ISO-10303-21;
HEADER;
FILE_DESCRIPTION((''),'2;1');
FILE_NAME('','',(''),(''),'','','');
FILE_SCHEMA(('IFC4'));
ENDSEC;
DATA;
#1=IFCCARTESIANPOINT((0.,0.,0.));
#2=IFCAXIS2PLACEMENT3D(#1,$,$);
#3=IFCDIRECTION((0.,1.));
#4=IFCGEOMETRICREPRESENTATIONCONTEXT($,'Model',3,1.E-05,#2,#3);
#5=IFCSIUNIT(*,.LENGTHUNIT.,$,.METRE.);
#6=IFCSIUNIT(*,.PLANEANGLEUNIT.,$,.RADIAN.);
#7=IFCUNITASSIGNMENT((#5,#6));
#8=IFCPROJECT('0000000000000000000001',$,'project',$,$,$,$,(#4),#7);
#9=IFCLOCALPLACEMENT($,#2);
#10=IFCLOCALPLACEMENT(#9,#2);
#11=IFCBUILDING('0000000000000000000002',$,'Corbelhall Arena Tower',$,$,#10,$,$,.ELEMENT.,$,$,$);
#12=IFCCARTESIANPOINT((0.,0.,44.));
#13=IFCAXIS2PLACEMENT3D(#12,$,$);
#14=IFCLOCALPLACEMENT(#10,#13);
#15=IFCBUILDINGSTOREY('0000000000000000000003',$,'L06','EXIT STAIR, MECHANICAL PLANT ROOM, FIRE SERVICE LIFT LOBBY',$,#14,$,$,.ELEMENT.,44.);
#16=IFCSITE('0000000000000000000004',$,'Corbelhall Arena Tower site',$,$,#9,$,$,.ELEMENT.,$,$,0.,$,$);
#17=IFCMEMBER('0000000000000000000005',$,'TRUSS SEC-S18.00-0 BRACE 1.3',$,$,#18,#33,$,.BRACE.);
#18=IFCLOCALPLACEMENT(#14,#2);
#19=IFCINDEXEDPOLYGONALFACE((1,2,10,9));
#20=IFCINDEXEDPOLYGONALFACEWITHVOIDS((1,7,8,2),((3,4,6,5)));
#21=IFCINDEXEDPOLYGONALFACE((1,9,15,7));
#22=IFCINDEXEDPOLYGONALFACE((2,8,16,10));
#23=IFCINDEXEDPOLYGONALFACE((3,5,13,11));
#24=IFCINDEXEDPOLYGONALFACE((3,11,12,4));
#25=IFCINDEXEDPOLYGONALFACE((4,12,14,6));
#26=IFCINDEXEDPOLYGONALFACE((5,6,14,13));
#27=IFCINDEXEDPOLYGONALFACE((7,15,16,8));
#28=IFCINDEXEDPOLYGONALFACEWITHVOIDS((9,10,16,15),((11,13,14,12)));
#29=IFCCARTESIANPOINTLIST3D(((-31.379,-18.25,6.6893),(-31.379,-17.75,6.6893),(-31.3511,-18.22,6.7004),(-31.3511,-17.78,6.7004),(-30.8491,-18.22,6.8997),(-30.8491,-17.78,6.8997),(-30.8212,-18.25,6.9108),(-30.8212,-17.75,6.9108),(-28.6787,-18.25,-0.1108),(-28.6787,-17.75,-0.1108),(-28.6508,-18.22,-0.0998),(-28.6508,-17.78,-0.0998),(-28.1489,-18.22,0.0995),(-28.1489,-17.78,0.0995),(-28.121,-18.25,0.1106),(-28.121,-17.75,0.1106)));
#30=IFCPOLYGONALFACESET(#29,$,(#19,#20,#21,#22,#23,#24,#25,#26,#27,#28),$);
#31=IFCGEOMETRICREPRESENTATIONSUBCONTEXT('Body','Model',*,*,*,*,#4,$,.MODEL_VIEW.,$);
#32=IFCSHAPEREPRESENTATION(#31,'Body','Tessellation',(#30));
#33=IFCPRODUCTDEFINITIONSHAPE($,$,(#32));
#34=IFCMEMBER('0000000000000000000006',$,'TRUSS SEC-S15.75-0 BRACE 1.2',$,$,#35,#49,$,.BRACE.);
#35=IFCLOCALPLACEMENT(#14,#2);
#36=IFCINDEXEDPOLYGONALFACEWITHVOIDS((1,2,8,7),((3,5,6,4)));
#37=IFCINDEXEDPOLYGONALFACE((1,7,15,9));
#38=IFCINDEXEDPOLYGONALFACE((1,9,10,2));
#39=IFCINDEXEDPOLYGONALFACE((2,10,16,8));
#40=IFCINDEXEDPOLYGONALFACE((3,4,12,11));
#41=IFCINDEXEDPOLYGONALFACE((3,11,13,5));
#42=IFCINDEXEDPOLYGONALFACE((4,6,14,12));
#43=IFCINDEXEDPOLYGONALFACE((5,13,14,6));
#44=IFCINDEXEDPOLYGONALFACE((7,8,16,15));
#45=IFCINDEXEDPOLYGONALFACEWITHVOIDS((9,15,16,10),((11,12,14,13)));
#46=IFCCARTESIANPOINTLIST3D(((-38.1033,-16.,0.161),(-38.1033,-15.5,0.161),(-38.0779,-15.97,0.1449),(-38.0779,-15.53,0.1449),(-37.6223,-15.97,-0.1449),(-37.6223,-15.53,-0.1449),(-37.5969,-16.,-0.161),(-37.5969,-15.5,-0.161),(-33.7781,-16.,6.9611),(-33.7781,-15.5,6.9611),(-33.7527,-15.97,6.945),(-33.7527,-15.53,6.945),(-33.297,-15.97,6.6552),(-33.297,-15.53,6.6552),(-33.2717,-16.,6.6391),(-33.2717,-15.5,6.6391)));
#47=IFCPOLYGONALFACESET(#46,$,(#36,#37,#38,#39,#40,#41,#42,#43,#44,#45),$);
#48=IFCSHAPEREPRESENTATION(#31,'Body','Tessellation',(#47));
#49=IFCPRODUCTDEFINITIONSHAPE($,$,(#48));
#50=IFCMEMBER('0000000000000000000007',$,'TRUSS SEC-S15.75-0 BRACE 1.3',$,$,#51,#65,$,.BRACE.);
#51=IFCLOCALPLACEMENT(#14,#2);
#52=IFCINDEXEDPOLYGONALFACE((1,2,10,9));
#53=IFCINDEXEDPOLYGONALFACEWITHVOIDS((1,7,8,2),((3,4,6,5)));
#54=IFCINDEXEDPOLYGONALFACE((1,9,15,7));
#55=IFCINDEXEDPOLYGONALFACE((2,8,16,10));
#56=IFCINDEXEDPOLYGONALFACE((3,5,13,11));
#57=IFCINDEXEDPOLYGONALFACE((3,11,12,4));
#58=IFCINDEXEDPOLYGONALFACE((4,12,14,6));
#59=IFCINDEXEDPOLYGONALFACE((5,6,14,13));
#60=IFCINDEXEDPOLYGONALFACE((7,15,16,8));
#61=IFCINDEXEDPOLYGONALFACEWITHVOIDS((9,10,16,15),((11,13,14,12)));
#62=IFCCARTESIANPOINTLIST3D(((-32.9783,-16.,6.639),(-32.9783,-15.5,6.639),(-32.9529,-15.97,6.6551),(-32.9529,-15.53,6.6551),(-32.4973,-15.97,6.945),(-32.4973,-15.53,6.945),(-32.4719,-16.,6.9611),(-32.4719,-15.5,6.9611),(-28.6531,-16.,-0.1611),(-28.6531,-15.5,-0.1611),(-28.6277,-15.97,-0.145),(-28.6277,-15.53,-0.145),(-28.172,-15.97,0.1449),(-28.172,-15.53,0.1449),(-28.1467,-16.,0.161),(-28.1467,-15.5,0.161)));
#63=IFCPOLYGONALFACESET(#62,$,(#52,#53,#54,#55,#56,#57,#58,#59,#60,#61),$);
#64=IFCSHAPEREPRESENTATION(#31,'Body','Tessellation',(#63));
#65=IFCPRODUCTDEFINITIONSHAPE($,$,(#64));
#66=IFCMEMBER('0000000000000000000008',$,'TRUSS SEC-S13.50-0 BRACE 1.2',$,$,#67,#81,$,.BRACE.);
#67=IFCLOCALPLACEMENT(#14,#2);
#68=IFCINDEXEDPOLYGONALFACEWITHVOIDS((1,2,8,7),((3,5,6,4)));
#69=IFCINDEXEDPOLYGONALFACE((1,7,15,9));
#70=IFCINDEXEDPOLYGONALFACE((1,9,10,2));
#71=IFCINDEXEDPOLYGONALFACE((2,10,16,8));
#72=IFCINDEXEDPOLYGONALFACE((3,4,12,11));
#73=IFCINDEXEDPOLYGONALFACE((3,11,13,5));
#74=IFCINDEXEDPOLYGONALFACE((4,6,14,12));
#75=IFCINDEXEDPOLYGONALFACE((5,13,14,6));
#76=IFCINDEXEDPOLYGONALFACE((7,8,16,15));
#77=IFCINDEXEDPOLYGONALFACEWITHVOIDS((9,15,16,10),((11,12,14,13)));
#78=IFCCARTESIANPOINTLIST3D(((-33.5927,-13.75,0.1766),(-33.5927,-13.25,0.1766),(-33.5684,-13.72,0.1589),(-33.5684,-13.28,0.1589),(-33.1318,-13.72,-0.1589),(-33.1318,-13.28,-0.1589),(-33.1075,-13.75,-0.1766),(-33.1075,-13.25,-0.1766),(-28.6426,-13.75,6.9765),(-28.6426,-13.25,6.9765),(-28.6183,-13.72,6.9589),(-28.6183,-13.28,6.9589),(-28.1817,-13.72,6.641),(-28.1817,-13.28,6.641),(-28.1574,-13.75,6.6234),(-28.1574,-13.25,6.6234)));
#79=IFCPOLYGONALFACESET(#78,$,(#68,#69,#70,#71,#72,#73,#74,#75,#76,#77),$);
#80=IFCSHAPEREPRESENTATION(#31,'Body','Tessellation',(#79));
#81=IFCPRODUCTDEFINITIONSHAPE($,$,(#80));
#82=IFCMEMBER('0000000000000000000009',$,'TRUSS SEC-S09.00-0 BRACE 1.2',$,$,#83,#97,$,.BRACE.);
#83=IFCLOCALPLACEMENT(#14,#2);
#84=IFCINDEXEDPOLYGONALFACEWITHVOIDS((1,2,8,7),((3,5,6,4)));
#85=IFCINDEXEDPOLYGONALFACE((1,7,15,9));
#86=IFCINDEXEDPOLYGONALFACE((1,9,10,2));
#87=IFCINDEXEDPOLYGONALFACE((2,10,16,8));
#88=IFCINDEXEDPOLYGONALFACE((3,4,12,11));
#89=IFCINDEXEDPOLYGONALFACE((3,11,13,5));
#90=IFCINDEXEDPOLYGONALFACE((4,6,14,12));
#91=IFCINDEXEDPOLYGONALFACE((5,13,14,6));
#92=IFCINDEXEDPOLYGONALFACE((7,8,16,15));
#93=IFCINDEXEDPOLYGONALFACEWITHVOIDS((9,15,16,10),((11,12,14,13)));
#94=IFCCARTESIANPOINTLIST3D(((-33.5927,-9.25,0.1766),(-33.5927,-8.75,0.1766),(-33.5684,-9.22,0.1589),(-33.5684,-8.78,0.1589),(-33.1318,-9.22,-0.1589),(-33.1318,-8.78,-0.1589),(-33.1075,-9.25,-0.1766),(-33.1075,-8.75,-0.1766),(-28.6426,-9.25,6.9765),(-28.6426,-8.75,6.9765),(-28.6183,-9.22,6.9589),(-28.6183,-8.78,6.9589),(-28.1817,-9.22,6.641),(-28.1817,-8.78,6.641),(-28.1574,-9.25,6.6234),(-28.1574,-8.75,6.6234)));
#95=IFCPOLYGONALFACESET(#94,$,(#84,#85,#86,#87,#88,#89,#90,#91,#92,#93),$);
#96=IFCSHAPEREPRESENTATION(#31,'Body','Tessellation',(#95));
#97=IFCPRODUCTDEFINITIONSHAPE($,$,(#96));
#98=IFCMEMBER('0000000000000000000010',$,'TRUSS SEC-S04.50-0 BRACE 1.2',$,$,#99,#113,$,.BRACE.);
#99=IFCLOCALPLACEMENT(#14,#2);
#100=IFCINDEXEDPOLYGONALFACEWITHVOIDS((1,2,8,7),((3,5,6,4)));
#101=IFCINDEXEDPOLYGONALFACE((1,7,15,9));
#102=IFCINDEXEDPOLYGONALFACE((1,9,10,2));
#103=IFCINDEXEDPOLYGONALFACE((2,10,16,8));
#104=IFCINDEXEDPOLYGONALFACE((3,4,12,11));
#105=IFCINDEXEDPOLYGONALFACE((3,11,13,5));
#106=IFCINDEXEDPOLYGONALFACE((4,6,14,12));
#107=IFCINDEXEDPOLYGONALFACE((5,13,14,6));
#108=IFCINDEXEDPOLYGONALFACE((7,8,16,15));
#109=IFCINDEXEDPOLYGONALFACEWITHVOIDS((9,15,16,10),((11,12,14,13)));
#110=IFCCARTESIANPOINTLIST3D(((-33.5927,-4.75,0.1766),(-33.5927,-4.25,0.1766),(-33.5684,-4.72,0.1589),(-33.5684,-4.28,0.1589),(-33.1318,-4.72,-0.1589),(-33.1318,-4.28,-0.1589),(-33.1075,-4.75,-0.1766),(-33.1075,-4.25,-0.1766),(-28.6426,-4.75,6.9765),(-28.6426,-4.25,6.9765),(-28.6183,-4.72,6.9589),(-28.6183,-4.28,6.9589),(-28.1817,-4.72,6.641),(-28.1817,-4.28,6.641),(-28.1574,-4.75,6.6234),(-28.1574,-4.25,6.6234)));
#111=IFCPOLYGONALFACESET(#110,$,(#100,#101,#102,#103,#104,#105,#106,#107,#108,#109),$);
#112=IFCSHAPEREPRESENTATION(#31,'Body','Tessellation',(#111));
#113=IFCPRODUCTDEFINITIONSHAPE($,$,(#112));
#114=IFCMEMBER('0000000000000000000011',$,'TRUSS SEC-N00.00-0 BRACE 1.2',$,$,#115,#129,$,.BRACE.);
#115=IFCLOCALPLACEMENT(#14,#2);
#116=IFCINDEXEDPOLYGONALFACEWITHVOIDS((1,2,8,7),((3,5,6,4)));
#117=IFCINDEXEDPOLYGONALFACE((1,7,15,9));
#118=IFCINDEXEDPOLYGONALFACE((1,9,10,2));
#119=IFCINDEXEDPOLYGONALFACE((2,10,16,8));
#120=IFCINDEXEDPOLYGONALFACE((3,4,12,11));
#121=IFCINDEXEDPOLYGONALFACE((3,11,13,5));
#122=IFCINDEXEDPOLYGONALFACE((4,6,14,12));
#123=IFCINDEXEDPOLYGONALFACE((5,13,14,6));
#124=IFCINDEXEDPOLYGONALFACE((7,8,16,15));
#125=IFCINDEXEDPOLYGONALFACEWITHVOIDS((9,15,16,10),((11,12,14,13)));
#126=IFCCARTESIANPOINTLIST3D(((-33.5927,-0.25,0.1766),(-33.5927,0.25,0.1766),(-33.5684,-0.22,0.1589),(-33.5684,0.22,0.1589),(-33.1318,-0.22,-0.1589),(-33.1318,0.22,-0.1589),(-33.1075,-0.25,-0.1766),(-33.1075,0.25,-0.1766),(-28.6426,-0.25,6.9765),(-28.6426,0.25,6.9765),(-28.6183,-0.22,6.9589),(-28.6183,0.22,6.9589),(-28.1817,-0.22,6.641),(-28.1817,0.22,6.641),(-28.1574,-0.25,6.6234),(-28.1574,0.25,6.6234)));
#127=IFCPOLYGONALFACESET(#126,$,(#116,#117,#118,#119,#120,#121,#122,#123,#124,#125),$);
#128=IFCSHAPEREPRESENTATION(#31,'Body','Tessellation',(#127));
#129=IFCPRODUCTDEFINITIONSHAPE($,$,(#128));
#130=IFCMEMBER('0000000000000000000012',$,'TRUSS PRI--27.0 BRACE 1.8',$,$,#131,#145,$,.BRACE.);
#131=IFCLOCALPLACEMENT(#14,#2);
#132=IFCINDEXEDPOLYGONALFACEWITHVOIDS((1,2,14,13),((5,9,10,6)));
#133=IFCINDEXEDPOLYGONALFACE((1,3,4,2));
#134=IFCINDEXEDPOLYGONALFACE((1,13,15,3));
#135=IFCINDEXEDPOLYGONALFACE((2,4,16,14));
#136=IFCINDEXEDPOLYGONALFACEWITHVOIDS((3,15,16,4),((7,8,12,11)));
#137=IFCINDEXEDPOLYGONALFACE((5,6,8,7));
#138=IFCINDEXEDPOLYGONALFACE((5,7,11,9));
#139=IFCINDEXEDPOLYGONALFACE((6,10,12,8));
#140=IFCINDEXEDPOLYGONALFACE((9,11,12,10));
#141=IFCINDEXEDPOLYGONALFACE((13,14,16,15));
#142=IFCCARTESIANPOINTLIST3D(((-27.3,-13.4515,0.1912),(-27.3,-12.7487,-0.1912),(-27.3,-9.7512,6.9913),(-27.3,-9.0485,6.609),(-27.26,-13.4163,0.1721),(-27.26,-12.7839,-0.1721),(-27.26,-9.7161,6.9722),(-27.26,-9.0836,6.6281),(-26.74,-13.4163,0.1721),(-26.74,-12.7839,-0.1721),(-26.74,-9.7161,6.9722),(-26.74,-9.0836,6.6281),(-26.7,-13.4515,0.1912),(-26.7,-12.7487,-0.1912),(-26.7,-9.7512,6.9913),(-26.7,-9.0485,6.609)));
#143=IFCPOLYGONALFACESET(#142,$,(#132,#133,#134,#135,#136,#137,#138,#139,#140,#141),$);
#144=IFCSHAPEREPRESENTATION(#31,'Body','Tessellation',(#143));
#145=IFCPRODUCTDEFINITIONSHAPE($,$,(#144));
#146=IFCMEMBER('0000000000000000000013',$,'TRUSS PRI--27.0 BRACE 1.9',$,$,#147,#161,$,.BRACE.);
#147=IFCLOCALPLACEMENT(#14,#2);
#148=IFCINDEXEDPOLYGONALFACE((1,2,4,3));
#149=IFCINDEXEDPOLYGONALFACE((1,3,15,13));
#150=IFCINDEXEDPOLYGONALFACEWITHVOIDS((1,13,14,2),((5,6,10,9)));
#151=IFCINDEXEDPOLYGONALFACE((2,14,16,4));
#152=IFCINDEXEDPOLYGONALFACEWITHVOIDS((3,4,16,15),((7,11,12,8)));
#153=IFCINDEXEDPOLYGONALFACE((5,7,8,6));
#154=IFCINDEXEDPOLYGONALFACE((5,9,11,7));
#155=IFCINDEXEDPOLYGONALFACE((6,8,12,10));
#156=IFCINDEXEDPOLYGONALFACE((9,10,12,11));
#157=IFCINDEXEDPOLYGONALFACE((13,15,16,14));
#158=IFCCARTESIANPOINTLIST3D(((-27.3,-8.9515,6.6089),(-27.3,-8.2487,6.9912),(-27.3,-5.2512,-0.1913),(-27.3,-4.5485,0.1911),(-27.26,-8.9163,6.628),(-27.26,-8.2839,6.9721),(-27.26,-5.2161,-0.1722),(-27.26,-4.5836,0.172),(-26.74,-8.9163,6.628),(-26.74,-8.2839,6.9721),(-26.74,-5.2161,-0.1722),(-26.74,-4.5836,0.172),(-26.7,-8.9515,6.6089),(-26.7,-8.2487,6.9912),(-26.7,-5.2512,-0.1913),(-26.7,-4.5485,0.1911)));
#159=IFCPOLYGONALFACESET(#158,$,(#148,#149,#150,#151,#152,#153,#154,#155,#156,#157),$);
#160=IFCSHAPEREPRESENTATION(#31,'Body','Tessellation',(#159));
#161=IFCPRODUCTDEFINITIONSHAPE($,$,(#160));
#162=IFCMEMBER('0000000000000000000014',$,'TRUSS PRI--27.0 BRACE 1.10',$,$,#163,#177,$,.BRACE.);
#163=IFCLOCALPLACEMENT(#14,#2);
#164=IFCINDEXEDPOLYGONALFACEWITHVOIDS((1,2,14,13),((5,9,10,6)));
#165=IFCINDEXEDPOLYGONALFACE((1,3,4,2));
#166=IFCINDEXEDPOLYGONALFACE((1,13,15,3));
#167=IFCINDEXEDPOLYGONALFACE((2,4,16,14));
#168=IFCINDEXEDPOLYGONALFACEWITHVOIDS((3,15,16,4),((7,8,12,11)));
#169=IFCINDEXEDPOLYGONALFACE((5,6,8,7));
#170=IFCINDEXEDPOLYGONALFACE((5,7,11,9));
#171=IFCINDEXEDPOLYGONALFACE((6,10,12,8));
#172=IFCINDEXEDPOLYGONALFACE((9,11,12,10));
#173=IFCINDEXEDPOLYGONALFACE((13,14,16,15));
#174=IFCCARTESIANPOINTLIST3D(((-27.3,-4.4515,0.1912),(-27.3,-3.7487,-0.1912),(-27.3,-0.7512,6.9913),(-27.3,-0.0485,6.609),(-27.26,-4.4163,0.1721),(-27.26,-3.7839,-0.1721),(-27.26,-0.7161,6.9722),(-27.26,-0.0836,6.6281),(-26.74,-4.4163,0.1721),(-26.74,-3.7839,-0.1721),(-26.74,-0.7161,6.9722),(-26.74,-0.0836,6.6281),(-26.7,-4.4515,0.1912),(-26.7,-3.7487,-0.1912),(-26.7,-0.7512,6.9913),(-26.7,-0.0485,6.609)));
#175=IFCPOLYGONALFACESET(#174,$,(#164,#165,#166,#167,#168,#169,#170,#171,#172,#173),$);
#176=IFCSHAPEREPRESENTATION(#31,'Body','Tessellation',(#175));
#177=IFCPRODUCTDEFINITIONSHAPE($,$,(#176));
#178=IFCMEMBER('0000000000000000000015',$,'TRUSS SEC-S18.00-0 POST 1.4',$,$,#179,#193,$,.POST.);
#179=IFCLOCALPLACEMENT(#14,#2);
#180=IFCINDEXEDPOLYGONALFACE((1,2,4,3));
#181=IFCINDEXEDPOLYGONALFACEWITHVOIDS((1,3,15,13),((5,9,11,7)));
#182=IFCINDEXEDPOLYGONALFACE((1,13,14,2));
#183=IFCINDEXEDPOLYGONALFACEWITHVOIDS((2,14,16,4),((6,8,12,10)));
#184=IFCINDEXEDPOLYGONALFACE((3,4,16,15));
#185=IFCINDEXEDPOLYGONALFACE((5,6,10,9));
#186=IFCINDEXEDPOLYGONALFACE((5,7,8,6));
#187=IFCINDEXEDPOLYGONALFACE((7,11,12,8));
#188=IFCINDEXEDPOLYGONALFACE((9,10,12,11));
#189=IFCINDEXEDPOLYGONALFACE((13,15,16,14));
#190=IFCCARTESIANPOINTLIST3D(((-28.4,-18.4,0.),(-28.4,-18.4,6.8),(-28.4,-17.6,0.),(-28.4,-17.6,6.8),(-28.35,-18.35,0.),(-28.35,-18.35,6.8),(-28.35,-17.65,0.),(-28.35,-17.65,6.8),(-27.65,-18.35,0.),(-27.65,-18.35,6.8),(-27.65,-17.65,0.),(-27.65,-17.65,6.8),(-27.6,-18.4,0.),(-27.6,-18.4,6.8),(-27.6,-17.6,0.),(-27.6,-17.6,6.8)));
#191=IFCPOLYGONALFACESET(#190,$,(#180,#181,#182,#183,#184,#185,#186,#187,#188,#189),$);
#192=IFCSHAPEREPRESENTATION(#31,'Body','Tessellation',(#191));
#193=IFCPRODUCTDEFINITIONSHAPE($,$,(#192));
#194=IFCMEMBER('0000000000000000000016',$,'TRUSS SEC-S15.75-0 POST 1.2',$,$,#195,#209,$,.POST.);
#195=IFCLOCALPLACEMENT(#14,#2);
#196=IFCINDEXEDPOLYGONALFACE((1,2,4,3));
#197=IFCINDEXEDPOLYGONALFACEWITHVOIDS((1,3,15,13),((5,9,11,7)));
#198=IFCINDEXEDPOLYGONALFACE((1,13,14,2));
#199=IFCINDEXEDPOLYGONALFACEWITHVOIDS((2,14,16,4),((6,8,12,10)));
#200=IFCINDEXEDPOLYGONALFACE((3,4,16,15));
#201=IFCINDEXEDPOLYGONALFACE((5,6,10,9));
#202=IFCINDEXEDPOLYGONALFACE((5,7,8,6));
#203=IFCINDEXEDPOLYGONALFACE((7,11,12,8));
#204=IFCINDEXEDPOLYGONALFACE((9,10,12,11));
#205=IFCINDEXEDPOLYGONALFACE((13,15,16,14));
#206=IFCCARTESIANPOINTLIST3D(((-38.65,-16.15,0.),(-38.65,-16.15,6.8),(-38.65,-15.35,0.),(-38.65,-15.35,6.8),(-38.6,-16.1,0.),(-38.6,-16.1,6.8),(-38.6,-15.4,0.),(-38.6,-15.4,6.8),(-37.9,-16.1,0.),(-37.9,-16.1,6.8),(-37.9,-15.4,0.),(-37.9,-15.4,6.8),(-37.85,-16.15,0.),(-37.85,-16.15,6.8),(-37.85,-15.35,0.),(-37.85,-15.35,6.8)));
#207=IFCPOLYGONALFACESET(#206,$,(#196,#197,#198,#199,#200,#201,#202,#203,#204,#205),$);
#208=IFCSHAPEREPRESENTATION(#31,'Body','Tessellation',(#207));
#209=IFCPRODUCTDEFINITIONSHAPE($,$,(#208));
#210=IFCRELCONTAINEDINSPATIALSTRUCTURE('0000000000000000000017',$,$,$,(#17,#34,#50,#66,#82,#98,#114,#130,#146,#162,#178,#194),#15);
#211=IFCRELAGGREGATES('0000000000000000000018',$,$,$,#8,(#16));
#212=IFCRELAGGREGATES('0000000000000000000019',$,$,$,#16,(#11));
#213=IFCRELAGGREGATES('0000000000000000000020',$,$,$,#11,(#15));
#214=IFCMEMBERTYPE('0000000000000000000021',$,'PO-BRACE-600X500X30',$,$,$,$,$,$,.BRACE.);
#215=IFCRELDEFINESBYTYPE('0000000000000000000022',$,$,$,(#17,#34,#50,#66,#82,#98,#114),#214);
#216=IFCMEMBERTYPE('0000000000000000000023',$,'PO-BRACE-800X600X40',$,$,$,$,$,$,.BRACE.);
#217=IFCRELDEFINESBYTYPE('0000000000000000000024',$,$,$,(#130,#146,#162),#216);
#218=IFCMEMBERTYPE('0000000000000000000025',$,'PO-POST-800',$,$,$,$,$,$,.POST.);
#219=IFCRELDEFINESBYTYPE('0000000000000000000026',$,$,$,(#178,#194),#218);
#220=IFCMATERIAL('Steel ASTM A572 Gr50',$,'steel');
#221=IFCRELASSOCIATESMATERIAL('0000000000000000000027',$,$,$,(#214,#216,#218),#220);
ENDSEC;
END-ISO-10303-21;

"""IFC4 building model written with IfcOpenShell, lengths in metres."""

from ifc_helpers import new_model, si_unit, direction, frame, origin, origin_2d, place, context, subcontext, project, spatial, hollow_rectangle, extrude, material, material_profile, profile_set, type_object, element, save


model = new_model("IFC4")

# Units and contexts
model_context = context("Model", 3, precision=1e-05, world=origin(), true_north=direction((0.0, 1.0)))
body_context = subcontext(model_context, "Body", "Model", "MODEL_VIEW")
ifc_project = project(units=[si_unit("LENGTHUNIT", "METRE"), si_unit("PLANEANGLEUNIT", "RADIAN")], contexts=[model_context])

# Site, building, storey
site_placement = place(None, origin())
site = spatial("IfcSite", under=ifc_project, at=site_placement, Name="Corbelhall Arena Tower site", CompositionType="ELEMENT", RefElevation=0.0)
building_placement = place(site_placement, origin())
building = spatial("IfcBuilding", under=site, at=building_placement, Name="Corbelhall Arena Tower", CompositionType="ELEMENT")
storey_placement = place(building_placement, frame((0.0, 0.0, 44.0)))
storey = spatial("IfcBuildingStorey", under=building, at=storey_placement, Name="L06", Description="EXIT STAIR, MECHANICAL PLANT ROOM, FIRE SERVICE LIFT LOBBY", CompositionType="ELEMENT", Elevation=44.0)

# Members
ifc_material = material(Name="Steel ASTM A572 Gr50", Category="steel")
ifc_material_profile_1 = material_profile(ifc_material, hollow_rectangle(XDim=0.5, YDim=0.6001, WallThickness=0.03, at=origin_2d()))
ifc_profile_set_1 = profile_set([ifc_material_profile_1], Name="Steel ASTM A572 Gr50")
member_type_1 = type_object("IfcMemberType", Name="PO-BRACE-600X500X30", PredefinedType="BRACE", material=ifc_profile_set_1)
member_placement = place(storey_placement, frame((-31.1001, -18.0, 6.8), z_axis=(0.369054, 0.0, -0.929408), x_axis=(0.0, 1.0, 0.0)))
element("IfcMember", 1, at=member_placement, inside=storey, type_object=member_type_1, Name="TRUSS SEC-S18.00-0 BRACE 1.3", PredefinedType="BRACE", context=body_context, shape_type="SweptSolid", body=[
    extrude(hollow_rectangle(XDim=0.5, YDim=0.6001, WallThickness=0.03, at=origin_2d()), origin(), (0.0, 0.0, 1.0), 7.3167),
])
for number, where, z_axis, x_axis, name in (
    (2, (-37.8501, -15.75, 0.0), (0.536689, 0.0, 0.84378), (0.0, 1.0, 0.0), "TRUSS SEC-S15.75-0 BRACE 1.2"),
    (3, (-32.7251, -15.75, 6.8), (0.536689, 0.0, -0.84378), (0.0, 1.0, 0.0), "TRUSS SEC-S15.75-0 BRACE 1.3"),
):
    element("IfcMember", number, at=place(storey_placement, frame(where, z_axis=z_axis, x_axis=x_axis)), inside=storey, type_object=member_type_1, Name=name, PredefinedType="BRACE", context=body_context, shape_type="SweptSolid", body=[
        extrude(hollow_rectangle(XDim=0.5, YDim=0.6001, WallThickness=0.03, at=origin_2d()), origin(), (0.0, 0.0, 1.0), 8.0591),
    ])
for number, where, z_axis, x_axis, name in (
    (4, (-33.3501, -13.5, 0.0), (0.588538, 0.0, 0.80847), (0.0, 1.0, 0.0), "TRUSS SEC-S13.50-0 BRACE 1.2"),
    (5, (-33.3501, -9.0, 0.0), (0.588538, 0.0, 0.80847), (0.0, 1.0, 0.0), "TRUSS SEC-S09.00-0 BRACE 1.2"),
    (6, (-33.3501, -4.5, 0.0), (0.588538, 0.0, 0.80847), (0.0, 1.0, 0.0), "TRUSS SEC-S04.50-0 BRACE 1.2"),
    (7, (-33.3501, 0.0, 0.0), (0.588538, 0.0, 0.80847), (0.0, 1.0, 0.0), "TRUSS SEC-N00.00-0 BRACE 1.2"),
):
    element("IfcMember", number, at=place(storey_placement, frame(where, z_axis=z_axis, x_axis=x_axis)), inside=storey, type_object=member_type_1, Name=name, PredefinedType="BRACE", context=body_context, shape_type="SweptSolid", body=[
        extrude(hollow_rectangle(XDim=0.5, YDim=0.6001, WallThickness=0.03, at=origin_2d()), origin(), (0.0, 0.0, 1.0), 8.4109),
    ])
ifc_material_profile_2 = material_profile(ifc_material, hollow_rectangle(XDim=0.6001, YDim=0.8, WallThickness=0.04, at=origin_2d()))
ifc_profile_set_2 = profile_set([ifc_material_profile_2], Name="Steel ASTM A572 Gr50")
member_type_2 = type_object("IfcMemberType", Name="PO-BRACE-800X600X40", PredefinedType="BRACE", material=ifc_profile_set_2)
for number, where, z_axis, x_axis, name in (
    (8, (-27.0, -13.1001, 0.0), (0.0, 0.477964, 0.87838), (-1.0, 0.0, 0.0), "TRUSS PRI--27.0 BRACE 1.8"),
    (9, (-27.0, -8.6001, 6.8), (0.0, 0.477964, -0.87838), (-1.0, 0.0, 0.0), "TRUSS PRI--27.0 BRACE 1.9"),
    (10, (-27.0, -4.1001, 0.0), (0.0, 0.477964, 0.87838), (-1.0, 0.0, 0.0), "TRUSS PRI--27.0 BRACE 1.10"),
):
    element("IfcMember", number, at=place(storey_placement, frame(where, z_axis=z_axis, x_axis=x_axis)), inside=storey, type_object=member_type_2, Name=name, PredefinedType="BRACE", context=body_context, shape_type="SweptSolid", body=[
        extrude(hollow_rectangle(XDim=0.6001, YDim=0.8, WallThickness=0.04, at=origin_2d()), origin(), (0.0, 0.0, 1.0), 7.7417),
    ])
ifc_material_profile_3 = material_profile(ifc_material, hollow_rectangle(XDim=0.8, YDim=0.8, WallThickness=0.05, at=origin_2d()))
ifc_profile_set_3 = profile_set([ifc_material_profile_3], Name="Steel ASTM A572 Gr50")
member_type_3 = type_object("IfcMemberType", Name="PO-POST-800", PredefinedType="POST", material=ifc_profile_set_3)
for number, where, z_axis, x_axis, name in (
    (11, (-28.0, -18.0, 0.0), (0.0, 0.0, 1.0), (1.0, 0.0, 0.0), "TRUSS SEC-S18.00-0 POST 1.4"),
    (12, (-38.25, -15.75, 0.0), (0.0, 0.0, 1.0), (1.0, 0.0, 0.0), "TRUSS SEC-S15.75-0 POST 1.2"),
):
    element("IfcMember", number, at=place(storey_placement, frame(where, z_axis=z_axis, x_axis=x_axis)), inside=storey, type_object=member_type_3, Name=name, PredefinedType="POST", context=body_context, shape_type="SweptSolid", body=[
        extrude(hollow_rectangle(XDim=0.8, YDim=0.8, WallThickness=0.05, at=origin_2d()), origin(), (0.0, 0.0, 1.0), 6.8),
    ])

save(model, "model.ifc")
